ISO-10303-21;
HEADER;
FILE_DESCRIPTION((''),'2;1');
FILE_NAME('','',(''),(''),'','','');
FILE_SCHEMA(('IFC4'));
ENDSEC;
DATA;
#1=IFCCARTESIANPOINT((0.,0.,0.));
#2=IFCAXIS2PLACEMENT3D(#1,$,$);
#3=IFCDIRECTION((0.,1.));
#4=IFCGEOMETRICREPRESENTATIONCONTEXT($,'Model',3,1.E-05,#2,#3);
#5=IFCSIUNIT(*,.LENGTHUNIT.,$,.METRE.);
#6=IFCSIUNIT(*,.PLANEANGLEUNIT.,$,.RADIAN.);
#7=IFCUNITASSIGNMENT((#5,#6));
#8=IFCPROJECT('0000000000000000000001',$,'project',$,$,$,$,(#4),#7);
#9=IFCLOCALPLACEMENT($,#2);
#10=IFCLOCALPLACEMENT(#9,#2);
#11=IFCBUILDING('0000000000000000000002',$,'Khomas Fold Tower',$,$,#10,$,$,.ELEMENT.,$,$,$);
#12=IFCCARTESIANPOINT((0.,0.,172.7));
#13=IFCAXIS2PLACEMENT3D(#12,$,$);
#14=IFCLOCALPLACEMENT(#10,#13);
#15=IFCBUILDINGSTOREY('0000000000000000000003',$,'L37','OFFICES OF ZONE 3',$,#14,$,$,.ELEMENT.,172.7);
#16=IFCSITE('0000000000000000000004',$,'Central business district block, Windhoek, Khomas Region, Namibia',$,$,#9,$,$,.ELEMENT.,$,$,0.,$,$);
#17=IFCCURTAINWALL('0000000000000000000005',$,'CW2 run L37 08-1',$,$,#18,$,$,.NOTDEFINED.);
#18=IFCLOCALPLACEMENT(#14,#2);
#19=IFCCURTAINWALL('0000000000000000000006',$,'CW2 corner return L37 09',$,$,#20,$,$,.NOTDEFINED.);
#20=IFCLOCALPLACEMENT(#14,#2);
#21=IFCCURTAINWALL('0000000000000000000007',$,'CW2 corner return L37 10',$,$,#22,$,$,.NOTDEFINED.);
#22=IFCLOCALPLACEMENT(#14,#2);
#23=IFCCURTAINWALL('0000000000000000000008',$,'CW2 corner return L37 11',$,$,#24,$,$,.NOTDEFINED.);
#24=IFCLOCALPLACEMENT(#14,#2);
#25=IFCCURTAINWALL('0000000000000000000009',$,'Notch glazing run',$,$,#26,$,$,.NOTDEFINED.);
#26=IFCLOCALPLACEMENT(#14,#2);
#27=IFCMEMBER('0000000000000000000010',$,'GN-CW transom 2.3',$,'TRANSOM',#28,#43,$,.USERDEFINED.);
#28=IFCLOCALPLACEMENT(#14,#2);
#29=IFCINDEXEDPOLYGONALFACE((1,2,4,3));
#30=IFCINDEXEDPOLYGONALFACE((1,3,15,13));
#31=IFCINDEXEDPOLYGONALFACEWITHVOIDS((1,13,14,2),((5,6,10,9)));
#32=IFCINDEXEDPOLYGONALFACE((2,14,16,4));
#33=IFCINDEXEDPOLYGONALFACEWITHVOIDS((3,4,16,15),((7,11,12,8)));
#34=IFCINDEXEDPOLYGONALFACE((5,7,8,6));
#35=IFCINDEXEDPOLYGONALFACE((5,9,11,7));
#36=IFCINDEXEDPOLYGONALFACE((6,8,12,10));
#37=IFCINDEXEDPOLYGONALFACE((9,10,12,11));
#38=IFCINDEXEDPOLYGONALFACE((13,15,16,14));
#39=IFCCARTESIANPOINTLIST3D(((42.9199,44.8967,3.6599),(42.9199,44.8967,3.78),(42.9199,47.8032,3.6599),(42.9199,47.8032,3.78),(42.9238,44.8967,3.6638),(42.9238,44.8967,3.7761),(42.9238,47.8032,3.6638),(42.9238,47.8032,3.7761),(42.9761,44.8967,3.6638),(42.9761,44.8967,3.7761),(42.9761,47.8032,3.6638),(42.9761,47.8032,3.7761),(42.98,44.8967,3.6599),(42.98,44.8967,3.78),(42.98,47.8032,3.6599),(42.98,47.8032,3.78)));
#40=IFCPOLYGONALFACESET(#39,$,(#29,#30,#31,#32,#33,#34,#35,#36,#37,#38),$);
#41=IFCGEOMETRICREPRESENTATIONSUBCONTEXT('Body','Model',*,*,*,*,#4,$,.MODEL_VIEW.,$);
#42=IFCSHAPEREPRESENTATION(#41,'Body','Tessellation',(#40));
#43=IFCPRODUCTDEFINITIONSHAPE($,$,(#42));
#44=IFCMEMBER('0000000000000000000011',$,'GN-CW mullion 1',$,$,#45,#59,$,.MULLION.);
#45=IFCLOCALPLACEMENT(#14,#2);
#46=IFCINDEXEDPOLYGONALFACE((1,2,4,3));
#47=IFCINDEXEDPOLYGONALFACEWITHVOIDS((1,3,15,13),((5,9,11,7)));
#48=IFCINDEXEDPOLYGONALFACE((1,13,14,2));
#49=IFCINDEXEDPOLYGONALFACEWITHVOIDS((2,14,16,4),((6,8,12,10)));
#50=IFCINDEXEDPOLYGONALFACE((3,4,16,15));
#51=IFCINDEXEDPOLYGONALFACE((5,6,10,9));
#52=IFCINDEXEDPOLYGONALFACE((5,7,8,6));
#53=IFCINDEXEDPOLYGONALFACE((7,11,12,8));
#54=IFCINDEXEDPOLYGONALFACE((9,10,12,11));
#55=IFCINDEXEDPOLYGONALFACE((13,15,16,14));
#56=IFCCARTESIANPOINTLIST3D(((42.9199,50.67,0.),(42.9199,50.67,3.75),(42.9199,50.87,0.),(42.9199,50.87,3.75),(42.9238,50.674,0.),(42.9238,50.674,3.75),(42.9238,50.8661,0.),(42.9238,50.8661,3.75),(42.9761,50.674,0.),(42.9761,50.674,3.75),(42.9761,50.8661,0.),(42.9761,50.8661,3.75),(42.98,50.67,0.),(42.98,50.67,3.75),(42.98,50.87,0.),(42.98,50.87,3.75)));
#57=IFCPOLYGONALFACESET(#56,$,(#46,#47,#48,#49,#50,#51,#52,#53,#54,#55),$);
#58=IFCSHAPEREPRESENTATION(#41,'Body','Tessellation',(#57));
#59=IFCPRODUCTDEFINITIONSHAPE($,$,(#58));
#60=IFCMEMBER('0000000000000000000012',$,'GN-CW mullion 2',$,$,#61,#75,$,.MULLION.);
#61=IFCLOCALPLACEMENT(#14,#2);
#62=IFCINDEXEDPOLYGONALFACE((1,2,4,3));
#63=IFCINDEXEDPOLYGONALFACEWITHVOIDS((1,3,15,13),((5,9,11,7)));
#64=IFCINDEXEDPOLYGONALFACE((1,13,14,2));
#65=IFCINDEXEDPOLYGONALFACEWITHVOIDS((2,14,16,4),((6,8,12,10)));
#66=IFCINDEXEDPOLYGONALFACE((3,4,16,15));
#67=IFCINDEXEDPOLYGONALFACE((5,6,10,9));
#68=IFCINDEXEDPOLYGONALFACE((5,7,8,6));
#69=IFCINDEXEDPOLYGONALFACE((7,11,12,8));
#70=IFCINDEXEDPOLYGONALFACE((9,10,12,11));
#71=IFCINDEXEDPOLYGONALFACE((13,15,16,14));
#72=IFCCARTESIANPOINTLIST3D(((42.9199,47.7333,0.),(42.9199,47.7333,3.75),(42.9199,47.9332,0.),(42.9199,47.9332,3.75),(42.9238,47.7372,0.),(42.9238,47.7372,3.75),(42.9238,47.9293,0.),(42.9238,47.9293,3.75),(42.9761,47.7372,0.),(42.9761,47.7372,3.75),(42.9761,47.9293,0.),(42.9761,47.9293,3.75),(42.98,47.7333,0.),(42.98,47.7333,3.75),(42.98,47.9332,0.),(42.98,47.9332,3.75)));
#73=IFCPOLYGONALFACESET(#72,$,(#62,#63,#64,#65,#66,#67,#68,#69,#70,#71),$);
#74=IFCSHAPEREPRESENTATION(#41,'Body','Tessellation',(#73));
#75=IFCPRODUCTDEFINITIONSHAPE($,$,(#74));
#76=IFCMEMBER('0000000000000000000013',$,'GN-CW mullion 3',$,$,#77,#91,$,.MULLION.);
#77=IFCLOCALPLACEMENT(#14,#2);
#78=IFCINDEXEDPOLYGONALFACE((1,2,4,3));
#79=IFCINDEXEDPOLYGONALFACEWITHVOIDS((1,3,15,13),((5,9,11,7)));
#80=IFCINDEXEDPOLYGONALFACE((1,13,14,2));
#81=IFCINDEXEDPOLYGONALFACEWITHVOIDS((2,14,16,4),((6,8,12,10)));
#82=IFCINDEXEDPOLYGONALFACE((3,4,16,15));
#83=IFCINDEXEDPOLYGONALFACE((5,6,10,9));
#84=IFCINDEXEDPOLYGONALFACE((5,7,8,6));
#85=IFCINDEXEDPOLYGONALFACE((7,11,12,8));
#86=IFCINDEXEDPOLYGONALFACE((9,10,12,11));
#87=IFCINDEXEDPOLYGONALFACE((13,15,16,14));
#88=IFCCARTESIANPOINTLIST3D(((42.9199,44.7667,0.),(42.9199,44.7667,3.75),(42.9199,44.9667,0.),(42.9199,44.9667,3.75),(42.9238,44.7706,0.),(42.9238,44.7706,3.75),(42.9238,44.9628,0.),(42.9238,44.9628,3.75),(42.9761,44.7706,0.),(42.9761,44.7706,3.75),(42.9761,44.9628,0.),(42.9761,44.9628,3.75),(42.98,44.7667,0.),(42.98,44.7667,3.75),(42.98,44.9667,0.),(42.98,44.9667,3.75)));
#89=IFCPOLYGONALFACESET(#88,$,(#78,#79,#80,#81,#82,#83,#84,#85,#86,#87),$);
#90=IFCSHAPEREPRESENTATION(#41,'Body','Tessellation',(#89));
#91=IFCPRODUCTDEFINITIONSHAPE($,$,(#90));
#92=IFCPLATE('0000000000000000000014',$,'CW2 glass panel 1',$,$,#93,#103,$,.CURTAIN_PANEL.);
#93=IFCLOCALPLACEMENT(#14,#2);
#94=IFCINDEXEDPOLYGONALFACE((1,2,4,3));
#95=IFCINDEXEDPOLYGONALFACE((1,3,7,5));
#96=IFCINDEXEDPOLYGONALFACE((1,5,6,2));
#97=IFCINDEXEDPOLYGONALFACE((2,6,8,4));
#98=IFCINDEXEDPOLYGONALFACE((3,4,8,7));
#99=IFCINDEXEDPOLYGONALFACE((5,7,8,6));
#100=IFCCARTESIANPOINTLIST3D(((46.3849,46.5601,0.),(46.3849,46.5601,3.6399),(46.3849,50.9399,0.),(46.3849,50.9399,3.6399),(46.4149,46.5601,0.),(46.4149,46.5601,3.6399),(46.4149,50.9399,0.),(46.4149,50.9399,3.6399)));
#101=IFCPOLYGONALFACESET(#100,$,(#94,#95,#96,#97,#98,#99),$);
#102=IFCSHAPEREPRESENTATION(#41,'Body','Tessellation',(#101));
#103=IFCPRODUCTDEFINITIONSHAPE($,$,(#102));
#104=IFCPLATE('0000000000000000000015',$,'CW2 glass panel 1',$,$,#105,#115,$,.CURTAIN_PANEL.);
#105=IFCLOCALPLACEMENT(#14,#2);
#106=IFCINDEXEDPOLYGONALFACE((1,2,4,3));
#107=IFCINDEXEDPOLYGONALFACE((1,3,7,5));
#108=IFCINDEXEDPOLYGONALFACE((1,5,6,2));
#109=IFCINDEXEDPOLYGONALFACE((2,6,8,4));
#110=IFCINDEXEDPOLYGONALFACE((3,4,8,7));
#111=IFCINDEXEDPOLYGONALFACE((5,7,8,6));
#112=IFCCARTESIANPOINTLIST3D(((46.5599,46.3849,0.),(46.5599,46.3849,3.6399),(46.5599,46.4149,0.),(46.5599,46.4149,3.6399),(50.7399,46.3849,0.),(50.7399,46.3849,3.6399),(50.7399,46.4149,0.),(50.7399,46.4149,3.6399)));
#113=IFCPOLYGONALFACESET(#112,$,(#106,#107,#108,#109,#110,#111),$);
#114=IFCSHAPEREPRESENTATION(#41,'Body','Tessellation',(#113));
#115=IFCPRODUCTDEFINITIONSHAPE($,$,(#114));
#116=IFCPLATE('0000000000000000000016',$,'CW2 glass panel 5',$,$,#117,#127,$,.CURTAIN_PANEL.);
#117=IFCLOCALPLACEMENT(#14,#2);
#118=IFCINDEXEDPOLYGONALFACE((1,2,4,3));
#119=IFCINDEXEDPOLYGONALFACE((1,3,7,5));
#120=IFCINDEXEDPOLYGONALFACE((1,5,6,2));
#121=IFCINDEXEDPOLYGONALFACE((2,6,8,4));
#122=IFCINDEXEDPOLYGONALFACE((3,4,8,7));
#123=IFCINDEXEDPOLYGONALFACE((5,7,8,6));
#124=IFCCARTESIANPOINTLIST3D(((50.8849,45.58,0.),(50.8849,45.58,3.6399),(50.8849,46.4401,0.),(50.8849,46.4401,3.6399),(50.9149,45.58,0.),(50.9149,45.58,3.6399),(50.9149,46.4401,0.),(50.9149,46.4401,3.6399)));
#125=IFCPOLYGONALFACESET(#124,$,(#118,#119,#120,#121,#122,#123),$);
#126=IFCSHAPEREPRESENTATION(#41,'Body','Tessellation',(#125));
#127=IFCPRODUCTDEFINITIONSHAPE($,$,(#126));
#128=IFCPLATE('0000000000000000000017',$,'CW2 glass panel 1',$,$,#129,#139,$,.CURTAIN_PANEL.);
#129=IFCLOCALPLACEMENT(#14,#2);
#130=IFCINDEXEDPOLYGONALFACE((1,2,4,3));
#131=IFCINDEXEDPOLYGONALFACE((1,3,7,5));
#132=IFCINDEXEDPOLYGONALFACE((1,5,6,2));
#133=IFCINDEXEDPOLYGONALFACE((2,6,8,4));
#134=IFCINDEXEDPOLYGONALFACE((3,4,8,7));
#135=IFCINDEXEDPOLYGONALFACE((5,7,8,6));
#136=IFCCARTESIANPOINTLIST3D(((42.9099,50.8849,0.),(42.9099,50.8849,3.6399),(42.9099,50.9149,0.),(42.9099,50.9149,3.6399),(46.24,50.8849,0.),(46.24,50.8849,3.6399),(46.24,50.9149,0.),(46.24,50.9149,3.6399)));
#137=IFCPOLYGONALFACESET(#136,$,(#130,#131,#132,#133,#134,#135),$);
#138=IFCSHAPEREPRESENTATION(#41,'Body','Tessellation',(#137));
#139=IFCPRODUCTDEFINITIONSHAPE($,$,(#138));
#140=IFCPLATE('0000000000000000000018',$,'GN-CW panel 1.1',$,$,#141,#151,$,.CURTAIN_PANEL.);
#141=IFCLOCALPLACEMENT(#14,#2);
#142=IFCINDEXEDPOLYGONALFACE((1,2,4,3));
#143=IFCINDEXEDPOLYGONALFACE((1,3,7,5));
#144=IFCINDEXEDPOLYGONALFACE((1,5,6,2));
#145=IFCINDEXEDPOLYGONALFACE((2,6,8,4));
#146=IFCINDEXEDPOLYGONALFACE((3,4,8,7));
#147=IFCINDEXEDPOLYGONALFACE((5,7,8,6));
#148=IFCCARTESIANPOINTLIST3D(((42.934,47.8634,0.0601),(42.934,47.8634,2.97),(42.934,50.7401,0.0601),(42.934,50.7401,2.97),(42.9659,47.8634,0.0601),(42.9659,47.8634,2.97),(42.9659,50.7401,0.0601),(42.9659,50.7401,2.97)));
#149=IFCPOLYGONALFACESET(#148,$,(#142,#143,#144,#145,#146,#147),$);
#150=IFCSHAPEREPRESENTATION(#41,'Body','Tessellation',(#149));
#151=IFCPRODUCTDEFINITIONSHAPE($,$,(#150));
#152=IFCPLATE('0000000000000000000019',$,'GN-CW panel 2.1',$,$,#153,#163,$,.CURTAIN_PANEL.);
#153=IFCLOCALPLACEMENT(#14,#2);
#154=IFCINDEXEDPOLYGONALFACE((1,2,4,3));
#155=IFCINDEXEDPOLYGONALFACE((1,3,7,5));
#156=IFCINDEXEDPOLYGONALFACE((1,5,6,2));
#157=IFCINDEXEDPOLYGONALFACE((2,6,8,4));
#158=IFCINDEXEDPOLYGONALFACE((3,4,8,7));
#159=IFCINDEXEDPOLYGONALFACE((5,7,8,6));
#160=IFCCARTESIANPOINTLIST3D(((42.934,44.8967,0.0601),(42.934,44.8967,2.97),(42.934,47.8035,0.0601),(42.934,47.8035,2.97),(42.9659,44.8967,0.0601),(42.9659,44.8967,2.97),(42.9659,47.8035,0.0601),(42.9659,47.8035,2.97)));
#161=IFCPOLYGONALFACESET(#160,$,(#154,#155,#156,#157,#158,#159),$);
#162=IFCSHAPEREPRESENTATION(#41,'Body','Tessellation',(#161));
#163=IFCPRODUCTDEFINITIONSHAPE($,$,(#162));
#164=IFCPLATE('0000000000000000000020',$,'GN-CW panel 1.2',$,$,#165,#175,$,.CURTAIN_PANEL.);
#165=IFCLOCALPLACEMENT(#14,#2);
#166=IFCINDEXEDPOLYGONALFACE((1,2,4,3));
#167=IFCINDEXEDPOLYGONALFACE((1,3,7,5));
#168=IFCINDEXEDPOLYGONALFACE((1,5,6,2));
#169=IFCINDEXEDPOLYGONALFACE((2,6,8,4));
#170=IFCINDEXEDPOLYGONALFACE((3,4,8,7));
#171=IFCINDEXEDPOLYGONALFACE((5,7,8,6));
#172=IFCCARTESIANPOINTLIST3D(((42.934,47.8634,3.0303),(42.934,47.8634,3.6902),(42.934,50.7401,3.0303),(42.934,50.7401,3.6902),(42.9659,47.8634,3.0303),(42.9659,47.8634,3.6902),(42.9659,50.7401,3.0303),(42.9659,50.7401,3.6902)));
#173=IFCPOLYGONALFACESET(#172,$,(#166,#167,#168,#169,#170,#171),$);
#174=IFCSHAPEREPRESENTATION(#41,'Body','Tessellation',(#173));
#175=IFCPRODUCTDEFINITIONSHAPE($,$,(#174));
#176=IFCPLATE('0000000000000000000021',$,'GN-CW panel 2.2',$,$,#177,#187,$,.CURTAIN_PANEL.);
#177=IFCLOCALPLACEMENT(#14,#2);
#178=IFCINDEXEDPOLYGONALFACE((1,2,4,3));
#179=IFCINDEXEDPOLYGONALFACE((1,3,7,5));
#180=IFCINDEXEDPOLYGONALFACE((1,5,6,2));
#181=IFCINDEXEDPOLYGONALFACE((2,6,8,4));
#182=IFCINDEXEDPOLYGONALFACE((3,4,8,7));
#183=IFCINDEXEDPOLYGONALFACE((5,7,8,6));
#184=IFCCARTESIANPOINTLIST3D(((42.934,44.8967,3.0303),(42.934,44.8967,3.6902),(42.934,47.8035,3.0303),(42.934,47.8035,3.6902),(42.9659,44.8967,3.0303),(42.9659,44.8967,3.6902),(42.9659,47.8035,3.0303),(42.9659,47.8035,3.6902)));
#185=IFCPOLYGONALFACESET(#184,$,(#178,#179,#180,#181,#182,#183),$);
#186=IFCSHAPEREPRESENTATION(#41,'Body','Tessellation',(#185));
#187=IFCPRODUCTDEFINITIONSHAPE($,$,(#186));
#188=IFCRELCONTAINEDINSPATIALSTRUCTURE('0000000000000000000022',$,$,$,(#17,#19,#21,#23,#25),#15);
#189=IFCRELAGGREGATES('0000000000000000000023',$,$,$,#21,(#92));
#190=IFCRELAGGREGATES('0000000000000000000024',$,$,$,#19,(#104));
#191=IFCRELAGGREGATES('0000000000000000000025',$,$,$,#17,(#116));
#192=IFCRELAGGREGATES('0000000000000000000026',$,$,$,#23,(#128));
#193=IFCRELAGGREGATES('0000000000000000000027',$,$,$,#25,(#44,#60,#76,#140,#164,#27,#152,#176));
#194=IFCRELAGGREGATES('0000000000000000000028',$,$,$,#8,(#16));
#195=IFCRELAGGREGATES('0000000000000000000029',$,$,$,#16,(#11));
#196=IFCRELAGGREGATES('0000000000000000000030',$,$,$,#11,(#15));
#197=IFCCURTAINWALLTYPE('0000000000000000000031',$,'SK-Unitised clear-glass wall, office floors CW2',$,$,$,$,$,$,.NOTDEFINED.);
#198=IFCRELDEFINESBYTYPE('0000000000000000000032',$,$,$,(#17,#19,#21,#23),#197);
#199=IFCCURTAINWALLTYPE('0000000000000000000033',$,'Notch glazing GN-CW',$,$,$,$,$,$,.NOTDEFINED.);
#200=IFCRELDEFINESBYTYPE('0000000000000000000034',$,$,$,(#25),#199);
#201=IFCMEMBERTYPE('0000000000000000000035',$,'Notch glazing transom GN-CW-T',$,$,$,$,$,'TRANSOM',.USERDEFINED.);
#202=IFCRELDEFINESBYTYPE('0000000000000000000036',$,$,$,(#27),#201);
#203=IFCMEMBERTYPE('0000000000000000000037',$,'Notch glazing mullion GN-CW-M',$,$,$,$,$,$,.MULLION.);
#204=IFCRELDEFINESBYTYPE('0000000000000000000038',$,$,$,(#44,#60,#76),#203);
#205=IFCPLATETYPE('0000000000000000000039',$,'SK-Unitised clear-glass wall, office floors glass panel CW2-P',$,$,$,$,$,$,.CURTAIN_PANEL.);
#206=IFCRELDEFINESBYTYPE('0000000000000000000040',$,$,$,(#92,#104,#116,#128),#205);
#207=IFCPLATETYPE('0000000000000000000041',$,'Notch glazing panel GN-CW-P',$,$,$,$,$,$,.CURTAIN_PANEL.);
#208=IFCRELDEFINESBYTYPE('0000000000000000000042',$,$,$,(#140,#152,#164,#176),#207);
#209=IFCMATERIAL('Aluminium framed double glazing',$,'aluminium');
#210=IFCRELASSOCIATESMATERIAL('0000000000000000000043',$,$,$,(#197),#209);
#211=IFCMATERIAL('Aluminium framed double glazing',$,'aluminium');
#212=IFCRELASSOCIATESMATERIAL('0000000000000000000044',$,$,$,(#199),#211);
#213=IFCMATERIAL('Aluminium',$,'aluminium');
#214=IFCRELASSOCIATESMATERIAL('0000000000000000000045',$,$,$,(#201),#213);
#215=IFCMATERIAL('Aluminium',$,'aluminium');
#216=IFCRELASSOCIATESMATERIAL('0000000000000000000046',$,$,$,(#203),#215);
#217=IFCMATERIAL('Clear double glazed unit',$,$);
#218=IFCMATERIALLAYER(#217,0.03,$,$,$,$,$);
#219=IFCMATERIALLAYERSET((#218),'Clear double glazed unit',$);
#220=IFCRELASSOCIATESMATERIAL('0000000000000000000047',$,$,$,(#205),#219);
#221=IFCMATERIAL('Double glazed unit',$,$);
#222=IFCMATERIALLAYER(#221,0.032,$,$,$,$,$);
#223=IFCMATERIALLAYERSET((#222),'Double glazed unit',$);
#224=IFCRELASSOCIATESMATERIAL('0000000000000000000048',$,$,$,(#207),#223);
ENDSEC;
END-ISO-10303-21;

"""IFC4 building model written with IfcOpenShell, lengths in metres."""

from ifc_helpers import new_model, si_unit, direction, frame, origin, origin_2d, place, context, subcontext, project, spatial, rectangle, hollow_rectangle, extrude, source, transform, mapped, material, layer, layer_set, material_profile, profile_set, type_object, element, aggregate, save


model = new_model("IFC4")

# Units and contexts
model_context = context("Model", 3, precision=1e-05, world=origin(), true_north=direction((0.0, 1.0)))
body_context = subcontext(model_context, "Body", "Model", "MODEL_VIEW")
ifc_project = project(units=[si_unit("LENGTHUNIT", "METRE"), si_unit("PLANEANGLEUNIT", "RADIAN")], contexts=[model_context])

# Site, building, storey
site_placement = place(None, origin())
site = spatial("IfcSite", under=ifc_project, at=site_placement, Name="Central business district block, Windhoek, Khomas Region, Namibia", CompositionType="ELEMENT", RefElevation=0.0)
building_placement = place(site_placement, origin())
building = spatial("IfcBuilding", under=site, at=building_placement, Name="Khomas Fold Tower", CompositionType="ELEMENT")
storey_placement = place(building_placement, frame((0.0, 0.0, 172.7)))
storey = spatial("IfcBuildingStorey", under=building, at=storey_placement, Name="L37", Description="OFFICES OF ZONE 3", CompositionType="ELEMENT", Elevation=172.7)

# Curtain walls
ifc_material_1 = material(Name="Aluminium framed double glazing", Category="aluminium")
curtain_wall_type_1 = type_object("IfcCurtainWallType", Name="SK-Unitised clear-glass wall, office floors CW2", PredefinedType="NOTDEFINED", material=ifc_material_1)
curtain_wall_1_placement = place(storey_placement, origin())
curtain_wall_1 = element("IfcCurtainWall", 1, at=curtain_wall_1_placement, inside=storey, type_object=curtain_wall_type_1, Name="CW2 run L37 08-1", PredefinedType="NOTDEFINED")
curtain_wall_2_placement = place(storey_placement, origin())
curtain_wall_2 = element("IfcCurtainWall", 2, at=curtain_wall_2_placement, inside=storey, type_object=curtain_wall_type_1, Name="CW2 corner return L37 09", PredefinedType="NOTDEFINED")
curtain_wall_3_placement = place(storey_placement, origin())
curtain_wall_3 = element("IfcCurtainWall", 3, at=curtain_wall_3_placement, inside=storey, type_object=curtain_wall_type_1, Name="CW2 corner return L37 10", PredefinedType="NOTDEFINED")

# Curtain wall
curtain_wall_4_placement = place(storey_placement, origin())
curtain_wall_4 = element("IfcCurtainWall", 4, at=curtain_wall_4_placement, inside=storey, type_object=curtain_wall_type_1, Name="CW2 corner return L37 11", PredefinedType="NOTDEFINED")

# Curtain wall, members
ifc_material_2 = material(Name="Aluminium framed double glazing", Category="aluminium")
curtain_wall_type_2 = type_object("IfcCurtainWallType", Name="Notch glazing GN-CW", PredefinedType="NOTDEFINED", material=ifc_material_2)
curtain_wall_5_placement = place(storey_placement, origin())
curtain_wall_5 = element("IfcCurtainWall", 5, at=curtain_wall_5_placement, inside=storey, type_object=curtain_wall_type_2, Name="Notch glazing run", PredefinedType="NOTDEFINED")
ifc_material_3 = material(Name="Aluminium", Category="aluminium")
ifc_material_profile_1 = material_profile(ifc_material_3, hollow_rectangle(XDim=0.0601, YDim=0.1201, WallThickness=0.0039, at=origin_2d()), Name="Notch glazing transom GN-CW-T")
ifc_profile_set_1 = profile_set([ifc_material_profile_1], Name="Aluminium")
member_type_1 = type_object("IfcMemberType", Name="Notch glazing transom GN-CW-T", ElementType="TRANSOM", PredefinedType="USERDEFINED", material=ifc_profile_set_1)
shared_shape_1 = source(origin(), body_context, "Body", "SweptSolid", [
    extrude(hollow_rectangle(XDim=0.0601, YDim=0.1201, WallThickness=0.0039, at=origin_2d()), origin(), (0.0, 0.0, 1.0), 2.9065),
])
member_1_placement = place(storey_placement, frame((42.95, 47.8032, 3.72), z_axis=(0.0, -1.0, 0.0), x_axis=(1.0, 0.0, 0.0)))
member_1 = element("IfcMember", 6, at=member_1_placement, type_object=member_type_1, Name="GN-CW transom 2.3", ObjectType="TRANSOM", PredefinedType="USERDEFINED", context=body_context, shape_type="MappedRepresentation", body=[
    mapped(shared_shape_1, transform((0.0, 0.0, 0.0))),
])
ifc_material_4 = material(Name="Aluminium", Category="aluminium")
ifc_material_profile_2 = material_profile(ifc_material_4, hollow_rectangle(XDim=0.0601, YDim=0.2, WallThickness=0.0039, at=origin_2d()), Name="Notch glazing mullion GN-CW-M")
ifc_profile_set_2 = profile_set([ifc_material_profile_2], Name="Aluminium")
member_type_2 = type_object("IfcMemberType", Name="Notch glazing mullion GN-CW-M", PredefinedType="MULLION", material=ifc_profile_set_2)
shared_shape_2 = source(origin(), body_context, "Body", "SweptSolid", [
    extrude(hollow_rectangle(XDim=0.0601, YDim=0.2, WallThickness=0.0039, at=origin_2d()), origin(), (0.0, 0.0, 1.0), 3.75),
])
member_2_placement = place(storey_placement, frame((42.95, 50.77, 0.0), z_axis=(0.0, 0.0, 1.0), x_axis=(1.0, 0.0, 0.0)))
member_2 = element("IfcMember", 7, at=member_2_placement, type_object=member_type_2, Name="GN-CW mullion 1", PredefinedType="MULLION", context=body_context, shape_type="MappedRepresentation", body=[
    mapped(shared_shape_2, transform((0.0, 0.0, 0.0))),
])
member_3_placement = place(storey_placement, frame((42.95, 47.8333, 0.0), z_axis=(0.0, 0.0, 1.0), x_axis=(1.0, 0.0, 0.0)))
member_3 = element("IfcMember", 8, at=member_3_placement, type_object=member_type_2, Name="GN-CW mullion 2", PredefinedType="MULLION", context=body_context, shape_type="MappedRepresentation", body=[
    mapped(shared_shape_2, transform((0.0, 0.0, 0.0))),
])
member_4_placement = place(storey_placement, frame((42.95, 44.8667, 0.0), z_axis=(0.0, 0.0, 1.0), x_axis=(1.0, 0.0, 0.0)))
member_4 = element("IfcMember", 9, at=member_4_placement, type_object=member_type_2, Name="GN-CW mullion 3", PredefinedType="MULLION", context=body_context, shape_type="MappedRepresentation", body=[
    mapped(shared_shape_2, transform((0.0, 0.0, 0.0))),
])

# Plates
ifc_material_5 = material(Name="Clear double glazed unit")
ifc_layer_1 = layer(ifc_material_5, 0.03)
ifc_layer_set_1 = layer_set([ifc_layer_1], Name="Clear double glazed unit")
plate_type_1 = type_object("IfcPlateType", Name="SK-Unitised clear-glass wall, office floors glass panel CW2-P", PredefinedType="CURTAIN_PANEL", material=ifc_layer_set_1)
shared_shape_3 = source(origin(), body_context, "Body", "SweptSolid", [
    extrude(rectangle(XDim=4.3799, YDim=0.03, at=origin_2d()), origin(), (0.0, 0.0, 1.0), 3.6399),
])
plate_1_placement = place(storey_placement, frame((46.3999, 48.75, 0.0), z_axis=(0.0, 0.0, 1.0), x_axis=(0.0, 1.0, 0.0)))
plate_1 = element("IfcPlate", 10, at=plate_1_placement, type_object=plate_type_1, Name="CW2 glass panel 1", PredefinedType="CURTAIN_PANEL", context=body_context, shape_type="MappedRepresentation", body=[
    mapped(shared_shape_3, transform((0.0, 0.0, 0.0))),
])
aggregate(curtain_wall_3, [plate_1])
shared_shape_4 = source(origin(), body_context, "Body", "SweptSolid", [
    extrude(rectangle(XDim=4.1799, YDim=0.03, at=origin_2d()), origin(), (0.0, 0.0, 1.0), 3.6399),
])
plate_2_placement = place(storey_placement, frame((48.6499, 46.3999, 0.0), z_axis=(0.0, 0.0, 1.0), x_axis=(-1.0, 0.0, 0.0)))
plate_2 = element("IfcPlate", 11, at=plate_2_placement, type_object=plate_type_1, Name="CW2 glass panel 1", PredefinedType="CURTAIN_PANEL", context=body_context, shape_type="MappedRepresentation", body=[
    mapped(shared_shape_4, transform((0.0, 0.0, 0.0))),
])
aggregate(curtain_wall_2, [plate_2])
shared_shape_5 = source(origin(), body_context, "Body", "SweptSolid", [
    extrude(rectangle(XDim=0.8601, YDim=0.03, at=origin_2d()), origin(), (0.0, 0.0, 1.0), 3.6399),
])
plate_3_placement = place(storey_placement, frame((50.8999, 46.01, 0.0), z_axis=(0.0, 0.0, 1.0), x_axis=(0.0, 1.0, 0.0)))
plate_3 = element("IfcPlate", 12, at=plate_3_placement, type_object=plate_type_1, Name="CW2 glass panel 5", PredefinedType="CURTAIN_PANEL", context=body_context, shape_type="MappedRepresentation", body=[
    mapped(shared_shape_5, transform((0.0, 0.0, 0.0))),
])
aggregate(curtain_wall_1, [plate_3])
shared_shape_6 = source(origin(), body_context, "Body", "SweptSolid", [
    extrude(rectangle(XDim=3.3301, YDim=0.03, at=origin_2d()), origin(), (0.0, 0.0, 1.0), 3.6399),
])
plate_4_placement = place(storey_placement, frame((44.575, 50.8999, 0.0), z_axis=(0.0, 0.0, 1.0), x_axis=(-1.0, 0.0, 0.0)))
plate_4 = element("IfcPlate", 13, at=plate_4_placement, type_object=plate_type_1, Name="CW2 glass panel 1", PredefinedType="CURTAIN_PANEL", context=body_context, shape_type="MappedRepresentation", body=[
    mapped(shared_shape_6, transform((0.0, 0.0, 0.0))),
])
aggregate(curtain_wall_4, [plate_4])
ifc_material_6 = material(Name="Double glazed unit")
ifc_layer_2 = layer(ifc_material_6, 0.032)
ifc_layer_set_2 = layer_set([ifc_layer_2], Name="Double glazed unit")
plate_type_2 = type_object("IfcPlateType", Name="Notch glazing panel GN-CW-P", PredefinedType="CURTAIN_PANEL", material=ifc_layer_set_2)
shared_shape_7 = source(origin(), body_context, "Body", "SweptSolid", [
    extrude(rectangle(XDim=2.8767, YDim=0.032, at=origin_2d()), origin(), (0.0, 0.0, 1.0), 2.9099),
])
plate_5_placement = place(storey_placement, frame((42.95, 49.3018, 0.0601), z_axis=(0.0, 0.0, 1.0), x_axis=(0.0, -1.0, 0.0)))
plate_5 = element("IfcPlate", 14, at=plate_5_placement, type_object=plate_type_2, Name="GN-CW panel 1.1", PredefinedType="CURTAIN_PANEL", context=body_context, shape_type="MappedRepresentation", body=[
    mapped(shared_shape_7, transform((0.0, 0.0, 0.0))),
])
shared_shape_8 = source(origin(), body_context, "Body", "SweptSolid", [
    extrude(rectangle(XDim=2.9067, YDim=0.032, at=origin_2d()), origin(), (0.0, 0.0, 1.0), 2.9099),
])
plate_6_placement = place(storey_placement, frame((42.95, 46.3501, 0.0601), z_axis=(0.0, 0.0, 1.0), x_axis=(0.0, -1.0, 0.0)))
plate_6 = element("IfcPlate", 15, at=plate_6_placement, type_object=plate_type_2, Name="GN-CW panel 2.1", PredefinedType="CURTAIN_PANEL", context=body_context, shape_type="MappedRepresentation", body=[
    mapped(shared_shape_8, transform((0.0, 0.0, 0.0))),
])
shared_shape_9 = source(origin(), body_context, "Body", "SweptSolid", [
    extrude(rectangle(XDim=2.8767, YDim=0.032, at=origin_2d()), origin(), (0.0, 0.0, 1.0), 0.6599),
])
plate_7_placement = place(storey_placement, frame((42.95, 49.3018, 3.0303), z_axis=(0.0, 0.0, 1.0), x_axis=(0.0, -1.0, 0.0)))
plate_7 = element("IfcPlate", 16, at=plate_7_placement, type_object=plate_type_2, Name="GN-CW panel 1.2", PredefinedType="CURTAIN_PANEL", context=body_context, shape_type="MappedRepresentation", body=[
    mapped(shared_shape_9, transform((0.0, 0.0, 0.0))),
])
shared_shape_10 = source(origin(), body_context, "Body", "SweptSolid", [
    extrude(rectangle(XDim=2.9067, YDim=0.032, at=origin_2d()), origin(), (0.0, 0.0, 1.0), 0.6599),
])
plate_8_placement = place(storey_placement, frame((42.95, 46.3501, 3.0303), z_axis=(0.0, 0.0, 1.0), x_axis=(0.0, -1.0, 0.0)))
plate_8 = element("IfcPlate", 17, at=plate_8_placement, type_object=plate_type_2, Name="GN-CW panel 2.2", PredefinedType="CURTAIN_PANEL", context=body_context, shape_type="MappedRepresentation", body=[
    mapped(shared_shape_10, transform((0.0, 0.0, 0.0))),
])
aggregate(curtain_wall_5, [member_2, member_3, member_4, plate_5, plate_7, member_1, plate_6, plate_8])

save(model, "model.ifc")
